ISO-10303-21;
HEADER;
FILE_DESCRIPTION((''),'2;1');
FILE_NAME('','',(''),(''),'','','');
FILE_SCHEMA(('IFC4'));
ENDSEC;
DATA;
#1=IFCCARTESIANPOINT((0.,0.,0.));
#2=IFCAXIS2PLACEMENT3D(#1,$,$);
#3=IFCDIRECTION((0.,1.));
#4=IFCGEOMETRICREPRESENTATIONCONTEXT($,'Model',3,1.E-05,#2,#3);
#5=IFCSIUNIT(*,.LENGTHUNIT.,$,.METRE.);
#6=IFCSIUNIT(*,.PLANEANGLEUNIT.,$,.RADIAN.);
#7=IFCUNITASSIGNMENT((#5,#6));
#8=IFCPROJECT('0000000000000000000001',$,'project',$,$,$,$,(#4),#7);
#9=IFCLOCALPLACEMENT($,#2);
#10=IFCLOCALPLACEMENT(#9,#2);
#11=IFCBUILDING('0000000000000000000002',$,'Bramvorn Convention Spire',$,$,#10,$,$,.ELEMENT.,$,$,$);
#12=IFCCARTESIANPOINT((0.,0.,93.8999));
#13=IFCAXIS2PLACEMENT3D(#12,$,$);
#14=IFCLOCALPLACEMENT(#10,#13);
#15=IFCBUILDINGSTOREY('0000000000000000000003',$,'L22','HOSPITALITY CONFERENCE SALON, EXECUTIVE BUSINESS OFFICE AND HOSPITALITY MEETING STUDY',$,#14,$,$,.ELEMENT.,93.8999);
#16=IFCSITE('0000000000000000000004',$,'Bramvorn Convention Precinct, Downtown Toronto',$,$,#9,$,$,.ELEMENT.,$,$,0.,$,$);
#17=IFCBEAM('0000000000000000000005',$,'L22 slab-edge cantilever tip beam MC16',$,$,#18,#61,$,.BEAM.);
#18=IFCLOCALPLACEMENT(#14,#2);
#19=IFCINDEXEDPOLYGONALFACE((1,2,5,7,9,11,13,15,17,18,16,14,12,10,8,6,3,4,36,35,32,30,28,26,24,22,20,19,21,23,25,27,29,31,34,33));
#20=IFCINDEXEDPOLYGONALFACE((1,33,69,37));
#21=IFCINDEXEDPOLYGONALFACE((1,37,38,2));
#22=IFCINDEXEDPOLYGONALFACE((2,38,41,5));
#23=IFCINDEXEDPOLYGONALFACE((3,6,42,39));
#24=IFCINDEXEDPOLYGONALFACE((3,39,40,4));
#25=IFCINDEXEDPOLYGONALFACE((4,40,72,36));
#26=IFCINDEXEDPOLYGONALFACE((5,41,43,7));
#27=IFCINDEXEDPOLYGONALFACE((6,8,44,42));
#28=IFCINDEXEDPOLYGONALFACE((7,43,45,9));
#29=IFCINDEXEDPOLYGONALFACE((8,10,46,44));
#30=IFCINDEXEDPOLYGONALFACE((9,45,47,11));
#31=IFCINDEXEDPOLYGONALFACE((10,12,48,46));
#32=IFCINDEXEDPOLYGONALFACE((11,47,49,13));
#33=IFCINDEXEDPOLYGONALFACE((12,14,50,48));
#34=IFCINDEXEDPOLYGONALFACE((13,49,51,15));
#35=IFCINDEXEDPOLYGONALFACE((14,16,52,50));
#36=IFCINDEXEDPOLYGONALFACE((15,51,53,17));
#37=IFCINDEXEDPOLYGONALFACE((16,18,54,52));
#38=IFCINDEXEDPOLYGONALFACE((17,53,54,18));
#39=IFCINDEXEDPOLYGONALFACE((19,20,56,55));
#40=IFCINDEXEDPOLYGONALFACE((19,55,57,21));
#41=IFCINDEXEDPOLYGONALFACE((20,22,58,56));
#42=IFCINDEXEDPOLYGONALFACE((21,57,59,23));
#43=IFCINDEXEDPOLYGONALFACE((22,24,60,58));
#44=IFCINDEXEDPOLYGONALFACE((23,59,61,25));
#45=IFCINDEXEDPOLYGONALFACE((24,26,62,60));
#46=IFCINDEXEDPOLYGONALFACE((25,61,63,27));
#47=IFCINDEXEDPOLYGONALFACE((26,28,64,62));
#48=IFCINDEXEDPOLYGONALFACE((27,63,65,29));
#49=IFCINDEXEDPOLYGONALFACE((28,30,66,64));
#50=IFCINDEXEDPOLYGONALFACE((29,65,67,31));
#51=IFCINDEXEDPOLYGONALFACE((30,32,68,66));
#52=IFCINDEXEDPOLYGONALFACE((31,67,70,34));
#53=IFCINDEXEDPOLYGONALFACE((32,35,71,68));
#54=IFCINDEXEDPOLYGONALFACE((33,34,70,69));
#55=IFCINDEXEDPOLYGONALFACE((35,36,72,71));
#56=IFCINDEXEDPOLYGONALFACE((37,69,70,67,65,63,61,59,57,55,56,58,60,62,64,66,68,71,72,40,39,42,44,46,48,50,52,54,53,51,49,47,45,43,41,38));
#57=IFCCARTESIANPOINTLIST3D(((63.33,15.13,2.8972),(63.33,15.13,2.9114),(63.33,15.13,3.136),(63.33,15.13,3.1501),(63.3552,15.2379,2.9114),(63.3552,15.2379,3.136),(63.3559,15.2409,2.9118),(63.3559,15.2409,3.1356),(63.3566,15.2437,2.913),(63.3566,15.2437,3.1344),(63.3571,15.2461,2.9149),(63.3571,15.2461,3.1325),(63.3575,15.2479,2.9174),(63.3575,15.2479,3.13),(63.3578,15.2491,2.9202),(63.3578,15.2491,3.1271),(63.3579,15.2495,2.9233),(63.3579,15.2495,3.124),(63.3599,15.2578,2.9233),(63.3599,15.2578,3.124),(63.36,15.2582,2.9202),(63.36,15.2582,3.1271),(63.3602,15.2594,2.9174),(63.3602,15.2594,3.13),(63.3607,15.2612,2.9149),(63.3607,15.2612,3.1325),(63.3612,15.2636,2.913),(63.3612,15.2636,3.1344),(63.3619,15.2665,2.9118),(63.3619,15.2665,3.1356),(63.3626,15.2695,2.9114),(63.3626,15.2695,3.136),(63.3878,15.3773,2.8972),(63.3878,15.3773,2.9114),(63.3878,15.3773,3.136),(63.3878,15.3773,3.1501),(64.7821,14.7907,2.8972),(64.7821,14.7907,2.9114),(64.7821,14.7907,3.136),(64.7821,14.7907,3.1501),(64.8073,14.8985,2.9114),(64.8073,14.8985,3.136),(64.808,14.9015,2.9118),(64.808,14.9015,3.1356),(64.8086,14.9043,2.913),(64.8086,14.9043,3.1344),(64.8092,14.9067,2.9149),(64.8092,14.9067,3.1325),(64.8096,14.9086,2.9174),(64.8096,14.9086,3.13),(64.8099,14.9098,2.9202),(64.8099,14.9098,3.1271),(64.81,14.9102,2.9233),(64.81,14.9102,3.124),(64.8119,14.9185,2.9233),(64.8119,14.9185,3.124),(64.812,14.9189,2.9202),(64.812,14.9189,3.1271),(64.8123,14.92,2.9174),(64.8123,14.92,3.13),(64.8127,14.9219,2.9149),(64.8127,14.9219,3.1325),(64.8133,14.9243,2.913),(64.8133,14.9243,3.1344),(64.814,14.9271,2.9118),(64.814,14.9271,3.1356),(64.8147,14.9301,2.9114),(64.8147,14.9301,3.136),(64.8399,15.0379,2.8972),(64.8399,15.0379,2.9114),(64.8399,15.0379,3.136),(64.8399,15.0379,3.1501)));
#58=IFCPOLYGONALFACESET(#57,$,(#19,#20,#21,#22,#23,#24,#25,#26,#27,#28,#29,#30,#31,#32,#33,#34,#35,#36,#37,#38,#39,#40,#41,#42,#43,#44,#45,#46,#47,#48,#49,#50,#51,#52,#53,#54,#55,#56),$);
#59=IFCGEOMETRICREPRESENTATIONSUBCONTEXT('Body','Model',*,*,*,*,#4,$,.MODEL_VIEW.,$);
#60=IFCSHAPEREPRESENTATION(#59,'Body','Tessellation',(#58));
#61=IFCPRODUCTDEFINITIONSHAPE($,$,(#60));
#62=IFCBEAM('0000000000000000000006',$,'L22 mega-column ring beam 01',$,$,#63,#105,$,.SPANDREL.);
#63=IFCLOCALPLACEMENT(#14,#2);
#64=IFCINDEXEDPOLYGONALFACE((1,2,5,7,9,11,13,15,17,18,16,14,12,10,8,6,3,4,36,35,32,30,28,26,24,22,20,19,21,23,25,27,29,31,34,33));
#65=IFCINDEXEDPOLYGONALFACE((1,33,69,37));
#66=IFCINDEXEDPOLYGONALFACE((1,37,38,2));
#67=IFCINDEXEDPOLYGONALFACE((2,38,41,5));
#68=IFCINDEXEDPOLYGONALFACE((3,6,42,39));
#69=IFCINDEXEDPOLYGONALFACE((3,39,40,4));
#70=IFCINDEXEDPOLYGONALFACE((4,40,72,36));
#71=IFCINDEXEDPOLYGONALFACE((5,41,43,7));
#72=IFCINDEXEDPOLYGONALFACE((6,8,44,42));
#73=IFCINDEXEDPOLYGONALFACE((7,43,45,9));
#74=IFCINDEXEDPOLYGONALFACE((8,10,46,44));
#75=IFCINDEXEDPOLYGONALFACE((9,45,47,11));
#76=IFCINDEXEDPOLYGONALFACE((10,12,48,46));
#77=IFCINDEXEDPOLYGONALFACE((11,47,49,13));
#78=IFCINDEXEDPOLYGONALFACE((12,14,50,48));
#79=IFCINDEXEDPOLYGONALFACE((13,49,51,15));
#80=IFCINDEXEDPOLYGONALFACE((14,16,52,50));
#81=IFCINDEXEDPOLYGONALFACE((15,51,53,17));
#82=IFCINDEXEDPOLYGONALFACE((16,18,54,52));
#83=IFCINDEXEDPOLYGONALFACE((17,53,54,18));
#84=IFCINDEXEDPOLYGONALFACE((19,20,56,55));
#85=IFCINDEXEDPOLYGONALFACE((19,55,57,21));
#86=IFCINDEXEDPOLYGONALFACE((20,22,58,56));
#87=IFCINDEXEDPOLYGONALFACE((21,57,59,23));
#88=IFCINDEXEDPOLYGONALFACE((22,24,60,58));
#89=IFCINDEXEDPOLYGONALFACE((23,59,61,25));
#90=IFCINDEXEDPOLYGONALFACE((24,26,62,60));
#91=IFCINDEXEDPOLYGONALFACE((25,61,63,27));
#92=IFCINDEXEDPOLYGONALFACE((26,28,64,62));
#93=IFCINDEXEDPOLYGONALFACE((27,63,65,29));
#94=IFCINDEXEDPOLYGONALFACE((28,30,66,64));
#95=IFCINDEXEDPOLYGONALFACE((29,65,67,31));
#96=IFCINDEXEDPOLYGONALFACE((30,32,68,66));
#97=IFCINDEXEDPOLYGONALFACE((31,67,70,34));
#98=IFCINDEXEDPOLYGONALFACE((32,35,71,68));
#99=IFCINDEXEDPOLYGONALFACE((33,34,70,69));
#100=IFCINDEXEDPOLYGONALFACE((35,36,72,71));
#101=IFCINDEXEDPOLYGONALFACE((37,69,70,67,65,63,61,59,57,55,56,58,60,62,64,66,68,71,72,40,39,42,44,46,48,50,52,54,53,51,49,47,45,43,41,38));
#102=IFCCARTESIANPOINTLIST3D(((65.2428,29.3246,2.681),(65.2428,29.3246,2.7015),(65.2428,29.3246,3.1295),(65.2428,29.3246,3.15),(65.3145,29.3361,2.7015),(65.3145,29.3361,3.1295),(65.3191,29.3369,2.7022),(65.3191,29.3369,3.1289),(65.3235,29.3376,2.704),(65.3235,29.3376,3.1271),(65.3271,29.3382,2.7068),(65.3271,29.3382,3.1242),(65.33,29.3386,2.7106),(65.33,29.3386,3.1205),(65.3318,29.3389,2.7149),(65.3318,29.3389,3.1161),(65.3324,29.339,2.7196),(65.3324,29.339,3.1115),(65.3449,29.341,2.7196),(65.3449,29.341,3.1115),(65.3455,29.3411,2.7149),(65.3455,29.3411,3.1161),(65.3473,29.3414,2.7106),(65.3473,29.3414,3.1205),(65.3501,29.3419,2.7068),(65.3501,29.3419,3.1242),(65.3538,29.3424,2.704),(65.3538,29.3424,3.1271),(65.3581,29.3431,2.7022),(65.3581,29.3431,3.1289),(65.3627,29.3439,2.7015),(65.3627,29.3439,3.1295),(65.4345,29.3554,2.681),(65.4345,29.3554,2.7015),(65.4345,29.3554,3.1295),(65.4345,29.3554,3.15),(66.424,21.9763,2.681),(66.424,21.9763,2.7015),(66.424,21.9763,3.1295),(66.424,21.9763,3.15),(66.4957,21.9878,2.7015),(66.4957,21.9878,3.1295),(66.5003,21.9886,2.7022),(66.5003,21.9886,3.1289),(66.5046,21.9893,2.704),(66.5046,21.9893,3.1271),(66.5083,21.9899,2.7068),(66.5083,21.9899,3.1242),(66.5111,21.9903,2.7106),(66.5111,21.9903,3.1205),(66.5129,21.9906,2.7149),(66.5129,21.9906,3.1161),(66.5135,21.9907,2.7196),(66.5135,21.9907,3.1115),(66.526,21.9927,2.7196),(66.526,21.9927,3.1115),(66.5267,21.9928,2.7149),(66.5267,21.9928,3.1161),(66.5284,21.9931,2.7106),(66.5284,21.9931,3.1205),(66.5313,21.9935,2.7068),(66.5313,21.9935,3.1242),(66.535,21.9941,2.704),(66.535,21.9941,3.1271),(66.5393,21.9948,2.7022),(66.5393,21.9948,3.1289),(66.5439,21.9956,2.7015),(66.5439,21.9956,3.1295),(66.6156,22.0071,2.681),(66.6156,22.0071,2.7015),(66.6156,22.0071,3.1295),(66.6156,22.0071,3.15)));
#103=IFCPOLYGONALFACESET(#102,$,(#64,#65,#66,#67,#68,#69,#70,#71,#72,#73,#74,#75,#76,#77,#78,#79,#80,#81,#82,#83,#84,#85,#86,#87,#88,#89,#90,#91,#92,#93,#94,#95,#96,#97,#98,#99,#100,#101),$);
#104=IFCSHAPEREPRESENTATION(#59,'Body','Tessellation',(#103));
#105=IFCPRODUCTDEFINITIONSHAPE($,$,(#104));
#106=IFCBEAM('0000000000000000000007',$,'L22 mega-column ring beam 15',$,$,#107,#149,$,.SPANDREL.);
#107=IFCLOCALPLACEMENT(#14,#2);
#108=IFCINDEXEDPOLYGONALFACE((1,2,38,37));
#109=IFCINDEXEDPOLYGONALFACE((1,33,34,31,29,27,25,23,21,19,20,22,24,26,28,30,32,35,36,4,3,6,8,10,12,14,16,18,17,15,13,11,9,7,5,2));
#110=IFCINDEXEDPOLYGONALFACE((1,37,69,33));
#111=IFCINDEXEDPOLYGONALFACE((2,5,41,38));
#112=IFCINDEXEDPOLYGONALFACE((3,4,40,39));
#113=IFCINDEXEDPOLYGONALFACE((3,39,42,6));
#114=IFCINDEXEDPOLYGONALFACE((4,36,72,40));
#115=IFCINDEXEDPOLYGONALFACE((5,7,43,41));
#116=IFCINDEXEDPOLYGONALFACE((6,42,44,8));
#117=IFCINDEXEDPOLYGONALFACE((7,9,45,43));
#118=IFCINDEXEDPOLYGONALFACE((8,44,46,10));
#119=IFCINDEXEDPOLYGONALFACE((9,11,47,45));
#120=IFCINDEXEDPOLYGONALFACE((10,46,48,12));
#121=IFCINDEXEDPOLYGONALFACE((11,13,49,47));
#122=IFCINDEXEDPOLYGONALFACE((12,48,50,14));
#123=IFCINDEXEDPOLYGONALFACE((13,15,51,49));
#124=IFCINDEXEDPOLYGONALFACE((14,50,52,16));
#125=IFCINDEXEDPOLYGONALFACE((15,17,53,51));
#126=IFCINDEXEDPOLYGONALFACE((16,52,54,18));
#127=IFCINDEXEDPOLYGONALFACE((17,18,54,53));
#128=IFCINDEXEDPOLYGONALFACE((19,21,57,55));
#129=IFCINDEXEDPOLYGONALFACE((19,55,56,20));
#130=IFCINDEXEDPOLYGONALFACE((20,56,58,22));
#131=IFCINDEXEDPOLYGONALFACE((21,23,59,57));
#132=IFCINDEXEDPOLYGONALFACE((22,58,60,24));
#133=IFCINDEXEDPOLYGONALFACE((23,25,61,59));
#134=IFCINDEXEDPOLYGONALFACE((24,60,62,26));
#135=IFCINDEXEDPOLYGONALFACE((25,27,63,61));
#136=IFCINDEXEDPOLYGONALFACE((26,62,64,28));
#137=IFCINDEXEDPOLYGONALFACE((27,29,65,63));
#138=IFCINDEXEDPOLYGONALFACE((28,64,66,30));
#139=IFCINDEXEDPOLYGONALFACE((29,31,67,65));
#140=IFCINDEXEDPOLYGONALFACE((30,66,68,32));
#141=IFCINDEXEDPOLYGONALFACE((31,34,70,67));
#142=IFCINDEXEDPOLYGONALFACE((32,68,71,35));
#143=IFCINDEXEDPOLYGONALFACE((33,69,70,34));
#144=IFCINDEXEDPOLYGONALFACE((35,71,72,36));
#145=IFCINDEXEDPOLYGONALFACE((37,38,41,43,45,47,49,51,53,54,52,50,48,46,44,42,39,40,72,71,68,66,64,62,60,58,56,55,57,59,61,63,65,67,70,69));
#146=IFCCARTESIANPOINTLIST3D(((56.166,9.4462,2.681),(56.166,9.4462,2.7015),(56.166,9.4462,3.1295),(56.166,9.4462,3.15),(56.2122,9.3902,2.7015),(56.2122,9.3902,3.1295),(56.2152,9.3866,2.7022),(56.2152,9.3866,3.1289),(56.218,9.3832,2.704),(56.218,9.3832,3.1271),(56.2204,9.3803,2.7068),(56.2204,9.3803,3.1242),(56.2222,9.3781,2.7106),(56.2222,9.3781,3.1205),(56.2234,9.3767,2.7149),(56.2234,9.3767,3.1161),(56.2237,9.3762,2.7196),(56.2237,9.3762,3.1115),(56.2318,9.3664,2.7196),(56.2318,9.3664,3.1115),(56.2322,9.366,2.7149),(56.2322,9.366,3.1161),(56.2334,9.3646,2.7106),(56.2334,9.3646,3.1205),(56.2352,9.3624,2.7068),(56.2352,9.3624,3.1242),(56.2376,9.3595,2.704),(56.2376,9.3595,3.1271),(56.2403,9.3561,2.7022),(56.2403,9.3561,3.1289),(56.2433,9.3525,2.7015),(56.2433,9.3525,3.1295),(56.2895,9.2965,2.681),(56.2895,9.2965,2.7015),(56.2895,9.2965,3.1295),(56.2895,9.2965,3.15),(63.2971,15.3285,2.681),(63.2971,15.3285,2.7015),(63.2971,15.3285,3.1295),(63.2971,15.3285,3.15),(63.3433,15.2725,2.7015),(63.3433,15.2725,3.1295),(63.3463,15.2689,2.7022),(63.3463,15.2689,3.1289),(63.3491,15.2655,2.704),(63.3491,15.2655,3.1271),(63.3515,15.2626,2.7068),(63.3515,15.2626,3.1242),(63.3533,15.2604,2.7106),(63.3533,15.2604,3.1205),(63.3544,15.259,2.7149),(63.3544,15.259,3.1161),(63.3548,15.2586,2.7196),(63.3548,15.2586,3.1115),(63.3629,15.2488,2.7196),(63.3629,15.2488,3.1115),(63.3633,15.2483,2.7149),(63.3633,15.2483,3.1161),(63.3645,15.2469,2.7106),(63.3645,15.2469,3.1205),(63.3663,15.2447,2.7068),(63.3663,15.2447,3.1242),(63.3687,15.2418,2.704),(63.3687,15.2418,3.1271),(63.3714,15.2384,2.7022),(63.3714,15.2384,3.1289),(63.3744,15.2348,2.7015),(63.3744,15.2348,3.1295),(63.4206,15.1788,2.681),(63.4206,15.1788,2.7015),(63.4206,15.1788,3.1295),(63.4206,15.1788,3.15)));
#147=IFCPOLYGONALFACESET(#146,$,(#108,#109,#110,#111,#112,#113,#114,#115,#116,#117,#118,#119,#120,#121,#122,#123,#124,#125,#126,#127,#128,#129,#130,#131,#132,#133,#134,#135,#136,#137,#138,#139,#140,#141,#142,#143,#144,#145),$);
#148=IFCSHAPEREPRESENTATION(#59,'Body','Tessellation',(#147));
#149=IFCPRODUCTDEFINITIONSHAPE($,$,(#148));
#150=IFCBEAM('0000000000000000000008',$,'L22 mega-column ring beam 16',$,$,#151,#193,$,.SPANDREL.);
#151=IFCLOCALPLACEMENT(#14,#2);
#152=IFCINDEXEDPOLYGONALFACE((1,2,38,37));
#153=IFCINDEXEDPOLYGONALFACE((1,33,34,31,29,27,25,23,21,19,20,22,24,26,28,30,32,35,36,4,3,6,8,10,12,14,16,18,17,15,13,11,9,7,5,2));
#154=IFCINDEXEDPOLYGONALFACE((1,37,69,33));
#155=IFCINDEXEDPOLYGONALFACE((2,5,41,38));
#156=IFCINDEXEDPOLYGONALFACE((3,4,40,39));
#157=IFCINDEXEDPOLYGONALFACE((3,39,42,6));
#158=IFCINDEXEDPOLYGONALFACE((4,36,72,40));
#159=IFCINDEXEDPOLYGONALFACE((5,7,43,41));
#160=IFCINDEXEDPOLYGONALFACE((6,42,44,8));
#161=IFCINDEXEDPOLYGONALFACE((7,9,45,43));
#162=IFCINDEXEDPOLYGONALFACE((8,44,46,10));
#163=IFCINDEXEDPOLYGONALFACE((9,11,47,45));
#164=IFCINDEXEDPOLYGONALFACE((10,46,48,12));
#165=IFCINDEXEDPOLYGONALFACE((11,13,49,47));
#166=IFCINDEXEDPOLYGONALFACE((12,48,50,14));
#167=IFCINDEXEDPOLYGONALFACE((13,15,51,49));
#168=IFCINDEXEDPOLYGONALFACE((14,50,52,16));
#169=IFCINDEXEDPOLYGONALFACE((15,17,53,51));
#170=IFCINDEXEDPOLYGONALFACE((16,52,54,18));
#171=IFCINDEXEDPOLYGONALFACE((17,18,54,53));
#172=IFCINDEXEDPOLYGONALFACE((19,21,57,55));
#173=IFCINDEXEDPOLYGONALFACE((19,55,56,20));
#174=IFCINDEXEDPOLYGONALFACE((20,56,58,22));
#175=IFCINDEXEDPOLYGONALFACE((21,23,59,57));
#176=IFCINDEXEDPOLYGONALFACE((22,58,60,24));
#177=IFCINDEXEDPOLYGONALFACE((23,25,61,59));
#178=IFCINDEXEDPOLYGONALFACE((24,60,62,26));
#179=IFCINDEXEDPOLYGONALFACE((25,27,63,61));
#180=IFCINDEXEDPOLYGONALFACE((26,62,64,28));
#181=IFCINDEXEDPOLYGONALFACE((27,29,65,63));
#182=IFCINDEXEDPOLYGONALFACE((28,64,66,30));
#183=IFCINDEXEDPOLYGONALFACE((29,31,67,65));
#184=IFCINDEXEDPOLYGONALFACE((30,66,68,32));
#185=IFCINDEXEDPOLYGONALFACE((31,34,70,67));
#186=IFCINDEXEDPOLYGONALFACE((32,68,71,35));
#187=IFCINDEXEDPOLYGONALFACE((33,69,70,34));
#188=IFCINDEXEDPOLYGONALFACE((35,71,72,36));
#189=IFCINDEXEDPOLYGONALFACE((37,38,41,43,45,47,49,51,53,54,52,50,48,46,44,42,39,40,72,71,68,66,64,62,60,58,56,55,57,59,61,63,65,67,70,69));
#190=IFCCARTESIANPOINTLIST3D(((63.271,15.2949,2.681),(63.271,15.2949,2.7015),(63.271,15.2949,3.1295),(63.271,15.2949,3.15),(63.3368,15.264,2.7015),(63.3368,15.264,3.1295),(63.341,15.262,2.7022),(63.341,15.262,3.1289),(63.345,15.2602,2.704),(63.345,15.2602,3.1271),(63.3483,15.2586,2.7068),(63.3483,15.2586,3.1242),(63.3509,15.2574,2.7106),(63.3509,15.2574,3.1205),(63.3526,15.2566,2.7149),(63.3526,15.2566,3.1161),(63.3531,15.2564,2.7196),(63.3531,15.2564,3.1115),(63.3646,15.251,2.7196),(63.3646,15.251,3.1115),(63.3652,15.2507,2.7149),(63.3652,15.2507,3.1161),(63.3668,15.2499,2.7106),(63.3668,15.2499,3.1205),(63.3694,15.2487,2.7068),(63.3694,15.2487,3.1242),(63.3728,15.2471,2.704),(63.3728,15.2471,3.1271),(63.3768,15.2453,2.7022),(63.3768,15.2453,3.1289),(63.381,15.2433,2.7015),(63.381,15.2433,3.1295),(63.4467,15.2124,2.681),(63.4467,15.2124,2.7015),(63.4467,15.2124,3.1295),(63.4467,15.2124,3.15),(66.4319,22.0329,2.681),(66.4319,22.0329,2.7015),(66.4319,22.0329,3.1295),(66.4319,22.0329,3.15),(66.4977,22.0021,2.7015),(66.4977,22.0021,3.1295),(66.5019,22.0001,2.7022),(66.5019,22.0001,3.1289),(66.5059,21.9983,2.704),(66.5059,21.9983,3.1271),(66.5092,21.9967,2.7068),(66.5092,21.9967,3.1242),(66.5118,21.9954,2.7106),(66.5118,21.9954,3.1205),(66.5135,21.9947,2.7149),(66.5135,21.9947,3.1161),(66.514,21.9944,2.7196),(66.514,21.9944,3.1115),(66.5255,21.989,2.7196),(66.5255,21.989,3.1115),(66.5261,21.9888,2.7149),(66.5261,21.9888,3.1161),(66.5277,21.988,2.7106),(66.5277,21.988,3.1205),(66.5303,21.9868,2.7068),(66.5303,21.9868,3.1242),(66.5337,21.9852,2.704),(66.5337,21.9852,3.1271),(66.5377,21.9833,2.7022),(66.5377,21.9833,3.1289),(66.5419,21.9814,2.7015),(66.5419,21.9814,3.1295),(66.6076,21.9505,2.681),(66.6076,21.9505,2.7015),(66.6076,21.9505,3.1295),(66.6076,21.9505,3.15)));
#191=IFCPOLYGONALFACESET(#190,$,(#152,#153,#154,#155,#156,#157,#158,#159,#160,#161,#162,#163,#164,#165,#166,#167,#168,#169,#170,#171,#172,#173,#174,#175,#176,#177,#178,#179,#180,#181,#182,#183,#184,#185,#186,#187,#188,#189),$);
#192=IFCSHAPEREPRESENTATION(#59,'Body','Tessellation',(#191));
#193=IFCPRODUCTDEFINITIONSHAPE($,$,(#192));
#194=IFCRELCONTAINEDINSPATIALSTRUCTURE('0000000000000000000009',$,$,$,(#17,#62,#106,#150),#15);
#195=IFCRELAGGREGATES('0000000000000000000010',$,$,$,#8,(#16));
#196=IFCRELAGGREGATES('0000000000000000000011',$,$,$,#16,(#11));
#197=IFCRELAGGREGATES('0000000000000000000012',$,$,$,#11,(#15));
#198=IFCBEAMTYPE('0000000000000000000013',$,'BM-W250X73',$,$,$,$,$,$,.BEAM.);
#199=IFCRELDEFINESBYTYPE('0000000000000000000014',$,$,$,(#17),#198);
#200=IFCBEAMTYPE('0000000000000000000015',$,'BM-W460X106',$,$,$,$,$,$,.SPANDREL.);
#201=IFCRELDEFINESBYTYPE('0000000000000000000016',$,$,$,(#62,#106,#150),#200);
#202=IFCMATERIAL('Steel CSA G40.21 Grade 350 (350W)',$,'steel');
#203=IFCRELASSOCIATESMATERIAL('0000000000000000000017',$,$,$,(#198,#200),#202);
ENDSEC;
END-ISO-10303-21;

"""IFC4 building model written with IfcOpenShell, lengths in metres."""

from ifc_helpers import new_model, si_unit, direction, frame, origin, origin_2d, place, context, subcontext, project, spatial, i_section, extrude, material, material_profile, profile_set, type_object, element, save


model = new_model("IFC4")

# Units and contexts
model_context = context("Model", 3, precision=1e-05, world=origin(), true_north=direction((0.0, 1.0)))
body_context = subcontext(model_context, "Body", "Model", "MODEL_VIEW")
ifc_project = project(units=[si_unit("LENGTHUNIT", "METRE"), si_unit("PLANEANGLEUNIT", "RADIAN")], contexts=[model_context])

# Site, building, storey
site_placement = place(None, origin())
site = spatial("IfcSite", under=ifc_project, at=site_placement, Name="Bramvorn Convention Precinct, Downtown Toronto", CompositionType="ELEMENT", RefElevation=0.0)
building_placement = place(site_placement, origin())
building = spatial("IfcBuilding", under=site, at=building_placement, Name="Bramvorn Convention Spire", CompositionType="ELEMENT")
storey_placement = place(building_placement, frame((0.0, 0.0, 93.8999)))
storey = spatial("IfcBuildingStorey", under=building, at=storey_placement, Name="L22", Description="HOSPITALITY CONFERENCE SALON, EXECUTIVE BUSINESS OFFICE AND HOSPITALITY MEETING STUDY", CompositionType="ELEMENT", Elevation=93.8999)

# Shared definitions
ifc_material_1 = material(Name="Steel CSA G40.21 Grade 350 (350W)", Category="steel")

# Beams
ifc_material_profile_1 = material_profile(ifc_material_1, i_section(OverallWidth=0.2539, OverallDepth=0.2529, WebThickness=0.0085, FlangeThickness=0.0142, FilletRadius=0.012, at=origin_2d()))
ifc_profile_set_1 = profile_set([ifc_material_profile_1], Name="Steel CSA G40.21 Grade 350 (350W) - W250X73")
beam_type_1 = type_object("IfcBeamType", Name="BM-W250X73", PredefinedType="BEAM", material=ifc_profile_set_1)
beam_1_placement = place(storey_placement, frame((63.3589, 15.2537, 3.0237), z_axis=(0.973764, -0.227561, 0.0), x_axis=(0.227561, 0.973764, 0.0)))
element("IfcBeam", 1, at=beam_1_placement, inside=storey, type_object=beam_type_1, Name="L22 slab-edge cantilever tip beam MC16", PredefinedType="BEAM", context=body_context, shape_type="SweptSolid", body=[
    extrude(i_section(OverallWidth=0.2539, OverallDepth=0.2529, WebThickness=0.0085, FlangeThickness=0.0142, FilletRadius=0.012, at=origin_2d()), origin(), (0.0, 0.0, 1.0), 1.4912),
])
ifc_material_profile_2 = material_profile(ifc_material_1, i_section(OverallWidth=0.1941, OverallDepth=0.469, WebThickness=0.0127, FlangeThickness=0.0205, FilletRadius=0.0181, at=origin_2d()))
ifc_profile_set_2 = profile_set([ifc_material_profile_2], Name="Steel CSA G40.21 Grade 350 (350W) - W460X106")
beam_type_2 = type_object("IfcBeamType", Name="BM-W460X106", PredefinedType="SPANDREL", material=ifc_profile_set_2)
beam_2_placement = place(storey_placement, frame((66.5198, 21.9917, 2.9155), z_axis=(-0.158699, 0.987327, 0.0), x_axis=(-0.987327, -0.158699, 0.0)))
element("IfcBeam", 2, at=beam_2_placement, inside=storey, type_object=beam_type_2, Name="L22 mega-column ring beam 01", PredefinedType="SPANDREL", context=body_context, shape_type="SweptSolid", body=[
    extrude(i_section(OverallWidth=0.1941, OverallDepth=0.469, WebThickness=0.0127, FlangeThickness=0.0205, FilletRadius=0.0181, at=origin_2d()), origin(), (0.0, 0.0, 1.0), 7.4426),
])
beam_3_placement = place(storey_placement, frame((56.2278, 9.3713, 2.9155), z_axis=(0.771418, 0.636329, 0.0), x_axis=(-0.636329, 0.771418, 0.0)))
element("IfcBeam", 3, at=beam_3_placement, inside=storey, type_object=beam_type_2, Name="L22 mega-column ring beam 15", PredefinedType="SPANDREL", context=body_context, shape_type="SweptSolid", body=[
    extrude(i_section(OverallWidth=0.1941, OverallDepth=0.469, WebThickness=0.0127, FlangeThickness=0.0205, FilletRadius=0.0181, at=origin_2d()), origin(), (0.0, 0.0, 1.0), 9.2441),
])
beam_4_placement = place(storey_placement, frame((63.3589, 15.2537, 2.9155), z_axis=(0.424702, 0.905333, 0.0), x_axis=(-0.905333, 0.424702, 0.0)))
element("IfcBeam", 4, at=beam_4_placement, inside=storey, type_object=beam_type_2, Name="L22 mega-column ring beam 16", PredefinedType="SPANDREL", context=body_context, shape_type="SweptSolid", body=[
    extrude(i_section(OverallWidth=0.1941, OverallDepth=0.469, WebThickness=0.0127, FlangeThickness=0.0205, FilletRadius=0.0181, at=origin_2d()), origin(), (0.0, 0.0, 1.0), 7.4426),
])

save(model, "model.ifc")
